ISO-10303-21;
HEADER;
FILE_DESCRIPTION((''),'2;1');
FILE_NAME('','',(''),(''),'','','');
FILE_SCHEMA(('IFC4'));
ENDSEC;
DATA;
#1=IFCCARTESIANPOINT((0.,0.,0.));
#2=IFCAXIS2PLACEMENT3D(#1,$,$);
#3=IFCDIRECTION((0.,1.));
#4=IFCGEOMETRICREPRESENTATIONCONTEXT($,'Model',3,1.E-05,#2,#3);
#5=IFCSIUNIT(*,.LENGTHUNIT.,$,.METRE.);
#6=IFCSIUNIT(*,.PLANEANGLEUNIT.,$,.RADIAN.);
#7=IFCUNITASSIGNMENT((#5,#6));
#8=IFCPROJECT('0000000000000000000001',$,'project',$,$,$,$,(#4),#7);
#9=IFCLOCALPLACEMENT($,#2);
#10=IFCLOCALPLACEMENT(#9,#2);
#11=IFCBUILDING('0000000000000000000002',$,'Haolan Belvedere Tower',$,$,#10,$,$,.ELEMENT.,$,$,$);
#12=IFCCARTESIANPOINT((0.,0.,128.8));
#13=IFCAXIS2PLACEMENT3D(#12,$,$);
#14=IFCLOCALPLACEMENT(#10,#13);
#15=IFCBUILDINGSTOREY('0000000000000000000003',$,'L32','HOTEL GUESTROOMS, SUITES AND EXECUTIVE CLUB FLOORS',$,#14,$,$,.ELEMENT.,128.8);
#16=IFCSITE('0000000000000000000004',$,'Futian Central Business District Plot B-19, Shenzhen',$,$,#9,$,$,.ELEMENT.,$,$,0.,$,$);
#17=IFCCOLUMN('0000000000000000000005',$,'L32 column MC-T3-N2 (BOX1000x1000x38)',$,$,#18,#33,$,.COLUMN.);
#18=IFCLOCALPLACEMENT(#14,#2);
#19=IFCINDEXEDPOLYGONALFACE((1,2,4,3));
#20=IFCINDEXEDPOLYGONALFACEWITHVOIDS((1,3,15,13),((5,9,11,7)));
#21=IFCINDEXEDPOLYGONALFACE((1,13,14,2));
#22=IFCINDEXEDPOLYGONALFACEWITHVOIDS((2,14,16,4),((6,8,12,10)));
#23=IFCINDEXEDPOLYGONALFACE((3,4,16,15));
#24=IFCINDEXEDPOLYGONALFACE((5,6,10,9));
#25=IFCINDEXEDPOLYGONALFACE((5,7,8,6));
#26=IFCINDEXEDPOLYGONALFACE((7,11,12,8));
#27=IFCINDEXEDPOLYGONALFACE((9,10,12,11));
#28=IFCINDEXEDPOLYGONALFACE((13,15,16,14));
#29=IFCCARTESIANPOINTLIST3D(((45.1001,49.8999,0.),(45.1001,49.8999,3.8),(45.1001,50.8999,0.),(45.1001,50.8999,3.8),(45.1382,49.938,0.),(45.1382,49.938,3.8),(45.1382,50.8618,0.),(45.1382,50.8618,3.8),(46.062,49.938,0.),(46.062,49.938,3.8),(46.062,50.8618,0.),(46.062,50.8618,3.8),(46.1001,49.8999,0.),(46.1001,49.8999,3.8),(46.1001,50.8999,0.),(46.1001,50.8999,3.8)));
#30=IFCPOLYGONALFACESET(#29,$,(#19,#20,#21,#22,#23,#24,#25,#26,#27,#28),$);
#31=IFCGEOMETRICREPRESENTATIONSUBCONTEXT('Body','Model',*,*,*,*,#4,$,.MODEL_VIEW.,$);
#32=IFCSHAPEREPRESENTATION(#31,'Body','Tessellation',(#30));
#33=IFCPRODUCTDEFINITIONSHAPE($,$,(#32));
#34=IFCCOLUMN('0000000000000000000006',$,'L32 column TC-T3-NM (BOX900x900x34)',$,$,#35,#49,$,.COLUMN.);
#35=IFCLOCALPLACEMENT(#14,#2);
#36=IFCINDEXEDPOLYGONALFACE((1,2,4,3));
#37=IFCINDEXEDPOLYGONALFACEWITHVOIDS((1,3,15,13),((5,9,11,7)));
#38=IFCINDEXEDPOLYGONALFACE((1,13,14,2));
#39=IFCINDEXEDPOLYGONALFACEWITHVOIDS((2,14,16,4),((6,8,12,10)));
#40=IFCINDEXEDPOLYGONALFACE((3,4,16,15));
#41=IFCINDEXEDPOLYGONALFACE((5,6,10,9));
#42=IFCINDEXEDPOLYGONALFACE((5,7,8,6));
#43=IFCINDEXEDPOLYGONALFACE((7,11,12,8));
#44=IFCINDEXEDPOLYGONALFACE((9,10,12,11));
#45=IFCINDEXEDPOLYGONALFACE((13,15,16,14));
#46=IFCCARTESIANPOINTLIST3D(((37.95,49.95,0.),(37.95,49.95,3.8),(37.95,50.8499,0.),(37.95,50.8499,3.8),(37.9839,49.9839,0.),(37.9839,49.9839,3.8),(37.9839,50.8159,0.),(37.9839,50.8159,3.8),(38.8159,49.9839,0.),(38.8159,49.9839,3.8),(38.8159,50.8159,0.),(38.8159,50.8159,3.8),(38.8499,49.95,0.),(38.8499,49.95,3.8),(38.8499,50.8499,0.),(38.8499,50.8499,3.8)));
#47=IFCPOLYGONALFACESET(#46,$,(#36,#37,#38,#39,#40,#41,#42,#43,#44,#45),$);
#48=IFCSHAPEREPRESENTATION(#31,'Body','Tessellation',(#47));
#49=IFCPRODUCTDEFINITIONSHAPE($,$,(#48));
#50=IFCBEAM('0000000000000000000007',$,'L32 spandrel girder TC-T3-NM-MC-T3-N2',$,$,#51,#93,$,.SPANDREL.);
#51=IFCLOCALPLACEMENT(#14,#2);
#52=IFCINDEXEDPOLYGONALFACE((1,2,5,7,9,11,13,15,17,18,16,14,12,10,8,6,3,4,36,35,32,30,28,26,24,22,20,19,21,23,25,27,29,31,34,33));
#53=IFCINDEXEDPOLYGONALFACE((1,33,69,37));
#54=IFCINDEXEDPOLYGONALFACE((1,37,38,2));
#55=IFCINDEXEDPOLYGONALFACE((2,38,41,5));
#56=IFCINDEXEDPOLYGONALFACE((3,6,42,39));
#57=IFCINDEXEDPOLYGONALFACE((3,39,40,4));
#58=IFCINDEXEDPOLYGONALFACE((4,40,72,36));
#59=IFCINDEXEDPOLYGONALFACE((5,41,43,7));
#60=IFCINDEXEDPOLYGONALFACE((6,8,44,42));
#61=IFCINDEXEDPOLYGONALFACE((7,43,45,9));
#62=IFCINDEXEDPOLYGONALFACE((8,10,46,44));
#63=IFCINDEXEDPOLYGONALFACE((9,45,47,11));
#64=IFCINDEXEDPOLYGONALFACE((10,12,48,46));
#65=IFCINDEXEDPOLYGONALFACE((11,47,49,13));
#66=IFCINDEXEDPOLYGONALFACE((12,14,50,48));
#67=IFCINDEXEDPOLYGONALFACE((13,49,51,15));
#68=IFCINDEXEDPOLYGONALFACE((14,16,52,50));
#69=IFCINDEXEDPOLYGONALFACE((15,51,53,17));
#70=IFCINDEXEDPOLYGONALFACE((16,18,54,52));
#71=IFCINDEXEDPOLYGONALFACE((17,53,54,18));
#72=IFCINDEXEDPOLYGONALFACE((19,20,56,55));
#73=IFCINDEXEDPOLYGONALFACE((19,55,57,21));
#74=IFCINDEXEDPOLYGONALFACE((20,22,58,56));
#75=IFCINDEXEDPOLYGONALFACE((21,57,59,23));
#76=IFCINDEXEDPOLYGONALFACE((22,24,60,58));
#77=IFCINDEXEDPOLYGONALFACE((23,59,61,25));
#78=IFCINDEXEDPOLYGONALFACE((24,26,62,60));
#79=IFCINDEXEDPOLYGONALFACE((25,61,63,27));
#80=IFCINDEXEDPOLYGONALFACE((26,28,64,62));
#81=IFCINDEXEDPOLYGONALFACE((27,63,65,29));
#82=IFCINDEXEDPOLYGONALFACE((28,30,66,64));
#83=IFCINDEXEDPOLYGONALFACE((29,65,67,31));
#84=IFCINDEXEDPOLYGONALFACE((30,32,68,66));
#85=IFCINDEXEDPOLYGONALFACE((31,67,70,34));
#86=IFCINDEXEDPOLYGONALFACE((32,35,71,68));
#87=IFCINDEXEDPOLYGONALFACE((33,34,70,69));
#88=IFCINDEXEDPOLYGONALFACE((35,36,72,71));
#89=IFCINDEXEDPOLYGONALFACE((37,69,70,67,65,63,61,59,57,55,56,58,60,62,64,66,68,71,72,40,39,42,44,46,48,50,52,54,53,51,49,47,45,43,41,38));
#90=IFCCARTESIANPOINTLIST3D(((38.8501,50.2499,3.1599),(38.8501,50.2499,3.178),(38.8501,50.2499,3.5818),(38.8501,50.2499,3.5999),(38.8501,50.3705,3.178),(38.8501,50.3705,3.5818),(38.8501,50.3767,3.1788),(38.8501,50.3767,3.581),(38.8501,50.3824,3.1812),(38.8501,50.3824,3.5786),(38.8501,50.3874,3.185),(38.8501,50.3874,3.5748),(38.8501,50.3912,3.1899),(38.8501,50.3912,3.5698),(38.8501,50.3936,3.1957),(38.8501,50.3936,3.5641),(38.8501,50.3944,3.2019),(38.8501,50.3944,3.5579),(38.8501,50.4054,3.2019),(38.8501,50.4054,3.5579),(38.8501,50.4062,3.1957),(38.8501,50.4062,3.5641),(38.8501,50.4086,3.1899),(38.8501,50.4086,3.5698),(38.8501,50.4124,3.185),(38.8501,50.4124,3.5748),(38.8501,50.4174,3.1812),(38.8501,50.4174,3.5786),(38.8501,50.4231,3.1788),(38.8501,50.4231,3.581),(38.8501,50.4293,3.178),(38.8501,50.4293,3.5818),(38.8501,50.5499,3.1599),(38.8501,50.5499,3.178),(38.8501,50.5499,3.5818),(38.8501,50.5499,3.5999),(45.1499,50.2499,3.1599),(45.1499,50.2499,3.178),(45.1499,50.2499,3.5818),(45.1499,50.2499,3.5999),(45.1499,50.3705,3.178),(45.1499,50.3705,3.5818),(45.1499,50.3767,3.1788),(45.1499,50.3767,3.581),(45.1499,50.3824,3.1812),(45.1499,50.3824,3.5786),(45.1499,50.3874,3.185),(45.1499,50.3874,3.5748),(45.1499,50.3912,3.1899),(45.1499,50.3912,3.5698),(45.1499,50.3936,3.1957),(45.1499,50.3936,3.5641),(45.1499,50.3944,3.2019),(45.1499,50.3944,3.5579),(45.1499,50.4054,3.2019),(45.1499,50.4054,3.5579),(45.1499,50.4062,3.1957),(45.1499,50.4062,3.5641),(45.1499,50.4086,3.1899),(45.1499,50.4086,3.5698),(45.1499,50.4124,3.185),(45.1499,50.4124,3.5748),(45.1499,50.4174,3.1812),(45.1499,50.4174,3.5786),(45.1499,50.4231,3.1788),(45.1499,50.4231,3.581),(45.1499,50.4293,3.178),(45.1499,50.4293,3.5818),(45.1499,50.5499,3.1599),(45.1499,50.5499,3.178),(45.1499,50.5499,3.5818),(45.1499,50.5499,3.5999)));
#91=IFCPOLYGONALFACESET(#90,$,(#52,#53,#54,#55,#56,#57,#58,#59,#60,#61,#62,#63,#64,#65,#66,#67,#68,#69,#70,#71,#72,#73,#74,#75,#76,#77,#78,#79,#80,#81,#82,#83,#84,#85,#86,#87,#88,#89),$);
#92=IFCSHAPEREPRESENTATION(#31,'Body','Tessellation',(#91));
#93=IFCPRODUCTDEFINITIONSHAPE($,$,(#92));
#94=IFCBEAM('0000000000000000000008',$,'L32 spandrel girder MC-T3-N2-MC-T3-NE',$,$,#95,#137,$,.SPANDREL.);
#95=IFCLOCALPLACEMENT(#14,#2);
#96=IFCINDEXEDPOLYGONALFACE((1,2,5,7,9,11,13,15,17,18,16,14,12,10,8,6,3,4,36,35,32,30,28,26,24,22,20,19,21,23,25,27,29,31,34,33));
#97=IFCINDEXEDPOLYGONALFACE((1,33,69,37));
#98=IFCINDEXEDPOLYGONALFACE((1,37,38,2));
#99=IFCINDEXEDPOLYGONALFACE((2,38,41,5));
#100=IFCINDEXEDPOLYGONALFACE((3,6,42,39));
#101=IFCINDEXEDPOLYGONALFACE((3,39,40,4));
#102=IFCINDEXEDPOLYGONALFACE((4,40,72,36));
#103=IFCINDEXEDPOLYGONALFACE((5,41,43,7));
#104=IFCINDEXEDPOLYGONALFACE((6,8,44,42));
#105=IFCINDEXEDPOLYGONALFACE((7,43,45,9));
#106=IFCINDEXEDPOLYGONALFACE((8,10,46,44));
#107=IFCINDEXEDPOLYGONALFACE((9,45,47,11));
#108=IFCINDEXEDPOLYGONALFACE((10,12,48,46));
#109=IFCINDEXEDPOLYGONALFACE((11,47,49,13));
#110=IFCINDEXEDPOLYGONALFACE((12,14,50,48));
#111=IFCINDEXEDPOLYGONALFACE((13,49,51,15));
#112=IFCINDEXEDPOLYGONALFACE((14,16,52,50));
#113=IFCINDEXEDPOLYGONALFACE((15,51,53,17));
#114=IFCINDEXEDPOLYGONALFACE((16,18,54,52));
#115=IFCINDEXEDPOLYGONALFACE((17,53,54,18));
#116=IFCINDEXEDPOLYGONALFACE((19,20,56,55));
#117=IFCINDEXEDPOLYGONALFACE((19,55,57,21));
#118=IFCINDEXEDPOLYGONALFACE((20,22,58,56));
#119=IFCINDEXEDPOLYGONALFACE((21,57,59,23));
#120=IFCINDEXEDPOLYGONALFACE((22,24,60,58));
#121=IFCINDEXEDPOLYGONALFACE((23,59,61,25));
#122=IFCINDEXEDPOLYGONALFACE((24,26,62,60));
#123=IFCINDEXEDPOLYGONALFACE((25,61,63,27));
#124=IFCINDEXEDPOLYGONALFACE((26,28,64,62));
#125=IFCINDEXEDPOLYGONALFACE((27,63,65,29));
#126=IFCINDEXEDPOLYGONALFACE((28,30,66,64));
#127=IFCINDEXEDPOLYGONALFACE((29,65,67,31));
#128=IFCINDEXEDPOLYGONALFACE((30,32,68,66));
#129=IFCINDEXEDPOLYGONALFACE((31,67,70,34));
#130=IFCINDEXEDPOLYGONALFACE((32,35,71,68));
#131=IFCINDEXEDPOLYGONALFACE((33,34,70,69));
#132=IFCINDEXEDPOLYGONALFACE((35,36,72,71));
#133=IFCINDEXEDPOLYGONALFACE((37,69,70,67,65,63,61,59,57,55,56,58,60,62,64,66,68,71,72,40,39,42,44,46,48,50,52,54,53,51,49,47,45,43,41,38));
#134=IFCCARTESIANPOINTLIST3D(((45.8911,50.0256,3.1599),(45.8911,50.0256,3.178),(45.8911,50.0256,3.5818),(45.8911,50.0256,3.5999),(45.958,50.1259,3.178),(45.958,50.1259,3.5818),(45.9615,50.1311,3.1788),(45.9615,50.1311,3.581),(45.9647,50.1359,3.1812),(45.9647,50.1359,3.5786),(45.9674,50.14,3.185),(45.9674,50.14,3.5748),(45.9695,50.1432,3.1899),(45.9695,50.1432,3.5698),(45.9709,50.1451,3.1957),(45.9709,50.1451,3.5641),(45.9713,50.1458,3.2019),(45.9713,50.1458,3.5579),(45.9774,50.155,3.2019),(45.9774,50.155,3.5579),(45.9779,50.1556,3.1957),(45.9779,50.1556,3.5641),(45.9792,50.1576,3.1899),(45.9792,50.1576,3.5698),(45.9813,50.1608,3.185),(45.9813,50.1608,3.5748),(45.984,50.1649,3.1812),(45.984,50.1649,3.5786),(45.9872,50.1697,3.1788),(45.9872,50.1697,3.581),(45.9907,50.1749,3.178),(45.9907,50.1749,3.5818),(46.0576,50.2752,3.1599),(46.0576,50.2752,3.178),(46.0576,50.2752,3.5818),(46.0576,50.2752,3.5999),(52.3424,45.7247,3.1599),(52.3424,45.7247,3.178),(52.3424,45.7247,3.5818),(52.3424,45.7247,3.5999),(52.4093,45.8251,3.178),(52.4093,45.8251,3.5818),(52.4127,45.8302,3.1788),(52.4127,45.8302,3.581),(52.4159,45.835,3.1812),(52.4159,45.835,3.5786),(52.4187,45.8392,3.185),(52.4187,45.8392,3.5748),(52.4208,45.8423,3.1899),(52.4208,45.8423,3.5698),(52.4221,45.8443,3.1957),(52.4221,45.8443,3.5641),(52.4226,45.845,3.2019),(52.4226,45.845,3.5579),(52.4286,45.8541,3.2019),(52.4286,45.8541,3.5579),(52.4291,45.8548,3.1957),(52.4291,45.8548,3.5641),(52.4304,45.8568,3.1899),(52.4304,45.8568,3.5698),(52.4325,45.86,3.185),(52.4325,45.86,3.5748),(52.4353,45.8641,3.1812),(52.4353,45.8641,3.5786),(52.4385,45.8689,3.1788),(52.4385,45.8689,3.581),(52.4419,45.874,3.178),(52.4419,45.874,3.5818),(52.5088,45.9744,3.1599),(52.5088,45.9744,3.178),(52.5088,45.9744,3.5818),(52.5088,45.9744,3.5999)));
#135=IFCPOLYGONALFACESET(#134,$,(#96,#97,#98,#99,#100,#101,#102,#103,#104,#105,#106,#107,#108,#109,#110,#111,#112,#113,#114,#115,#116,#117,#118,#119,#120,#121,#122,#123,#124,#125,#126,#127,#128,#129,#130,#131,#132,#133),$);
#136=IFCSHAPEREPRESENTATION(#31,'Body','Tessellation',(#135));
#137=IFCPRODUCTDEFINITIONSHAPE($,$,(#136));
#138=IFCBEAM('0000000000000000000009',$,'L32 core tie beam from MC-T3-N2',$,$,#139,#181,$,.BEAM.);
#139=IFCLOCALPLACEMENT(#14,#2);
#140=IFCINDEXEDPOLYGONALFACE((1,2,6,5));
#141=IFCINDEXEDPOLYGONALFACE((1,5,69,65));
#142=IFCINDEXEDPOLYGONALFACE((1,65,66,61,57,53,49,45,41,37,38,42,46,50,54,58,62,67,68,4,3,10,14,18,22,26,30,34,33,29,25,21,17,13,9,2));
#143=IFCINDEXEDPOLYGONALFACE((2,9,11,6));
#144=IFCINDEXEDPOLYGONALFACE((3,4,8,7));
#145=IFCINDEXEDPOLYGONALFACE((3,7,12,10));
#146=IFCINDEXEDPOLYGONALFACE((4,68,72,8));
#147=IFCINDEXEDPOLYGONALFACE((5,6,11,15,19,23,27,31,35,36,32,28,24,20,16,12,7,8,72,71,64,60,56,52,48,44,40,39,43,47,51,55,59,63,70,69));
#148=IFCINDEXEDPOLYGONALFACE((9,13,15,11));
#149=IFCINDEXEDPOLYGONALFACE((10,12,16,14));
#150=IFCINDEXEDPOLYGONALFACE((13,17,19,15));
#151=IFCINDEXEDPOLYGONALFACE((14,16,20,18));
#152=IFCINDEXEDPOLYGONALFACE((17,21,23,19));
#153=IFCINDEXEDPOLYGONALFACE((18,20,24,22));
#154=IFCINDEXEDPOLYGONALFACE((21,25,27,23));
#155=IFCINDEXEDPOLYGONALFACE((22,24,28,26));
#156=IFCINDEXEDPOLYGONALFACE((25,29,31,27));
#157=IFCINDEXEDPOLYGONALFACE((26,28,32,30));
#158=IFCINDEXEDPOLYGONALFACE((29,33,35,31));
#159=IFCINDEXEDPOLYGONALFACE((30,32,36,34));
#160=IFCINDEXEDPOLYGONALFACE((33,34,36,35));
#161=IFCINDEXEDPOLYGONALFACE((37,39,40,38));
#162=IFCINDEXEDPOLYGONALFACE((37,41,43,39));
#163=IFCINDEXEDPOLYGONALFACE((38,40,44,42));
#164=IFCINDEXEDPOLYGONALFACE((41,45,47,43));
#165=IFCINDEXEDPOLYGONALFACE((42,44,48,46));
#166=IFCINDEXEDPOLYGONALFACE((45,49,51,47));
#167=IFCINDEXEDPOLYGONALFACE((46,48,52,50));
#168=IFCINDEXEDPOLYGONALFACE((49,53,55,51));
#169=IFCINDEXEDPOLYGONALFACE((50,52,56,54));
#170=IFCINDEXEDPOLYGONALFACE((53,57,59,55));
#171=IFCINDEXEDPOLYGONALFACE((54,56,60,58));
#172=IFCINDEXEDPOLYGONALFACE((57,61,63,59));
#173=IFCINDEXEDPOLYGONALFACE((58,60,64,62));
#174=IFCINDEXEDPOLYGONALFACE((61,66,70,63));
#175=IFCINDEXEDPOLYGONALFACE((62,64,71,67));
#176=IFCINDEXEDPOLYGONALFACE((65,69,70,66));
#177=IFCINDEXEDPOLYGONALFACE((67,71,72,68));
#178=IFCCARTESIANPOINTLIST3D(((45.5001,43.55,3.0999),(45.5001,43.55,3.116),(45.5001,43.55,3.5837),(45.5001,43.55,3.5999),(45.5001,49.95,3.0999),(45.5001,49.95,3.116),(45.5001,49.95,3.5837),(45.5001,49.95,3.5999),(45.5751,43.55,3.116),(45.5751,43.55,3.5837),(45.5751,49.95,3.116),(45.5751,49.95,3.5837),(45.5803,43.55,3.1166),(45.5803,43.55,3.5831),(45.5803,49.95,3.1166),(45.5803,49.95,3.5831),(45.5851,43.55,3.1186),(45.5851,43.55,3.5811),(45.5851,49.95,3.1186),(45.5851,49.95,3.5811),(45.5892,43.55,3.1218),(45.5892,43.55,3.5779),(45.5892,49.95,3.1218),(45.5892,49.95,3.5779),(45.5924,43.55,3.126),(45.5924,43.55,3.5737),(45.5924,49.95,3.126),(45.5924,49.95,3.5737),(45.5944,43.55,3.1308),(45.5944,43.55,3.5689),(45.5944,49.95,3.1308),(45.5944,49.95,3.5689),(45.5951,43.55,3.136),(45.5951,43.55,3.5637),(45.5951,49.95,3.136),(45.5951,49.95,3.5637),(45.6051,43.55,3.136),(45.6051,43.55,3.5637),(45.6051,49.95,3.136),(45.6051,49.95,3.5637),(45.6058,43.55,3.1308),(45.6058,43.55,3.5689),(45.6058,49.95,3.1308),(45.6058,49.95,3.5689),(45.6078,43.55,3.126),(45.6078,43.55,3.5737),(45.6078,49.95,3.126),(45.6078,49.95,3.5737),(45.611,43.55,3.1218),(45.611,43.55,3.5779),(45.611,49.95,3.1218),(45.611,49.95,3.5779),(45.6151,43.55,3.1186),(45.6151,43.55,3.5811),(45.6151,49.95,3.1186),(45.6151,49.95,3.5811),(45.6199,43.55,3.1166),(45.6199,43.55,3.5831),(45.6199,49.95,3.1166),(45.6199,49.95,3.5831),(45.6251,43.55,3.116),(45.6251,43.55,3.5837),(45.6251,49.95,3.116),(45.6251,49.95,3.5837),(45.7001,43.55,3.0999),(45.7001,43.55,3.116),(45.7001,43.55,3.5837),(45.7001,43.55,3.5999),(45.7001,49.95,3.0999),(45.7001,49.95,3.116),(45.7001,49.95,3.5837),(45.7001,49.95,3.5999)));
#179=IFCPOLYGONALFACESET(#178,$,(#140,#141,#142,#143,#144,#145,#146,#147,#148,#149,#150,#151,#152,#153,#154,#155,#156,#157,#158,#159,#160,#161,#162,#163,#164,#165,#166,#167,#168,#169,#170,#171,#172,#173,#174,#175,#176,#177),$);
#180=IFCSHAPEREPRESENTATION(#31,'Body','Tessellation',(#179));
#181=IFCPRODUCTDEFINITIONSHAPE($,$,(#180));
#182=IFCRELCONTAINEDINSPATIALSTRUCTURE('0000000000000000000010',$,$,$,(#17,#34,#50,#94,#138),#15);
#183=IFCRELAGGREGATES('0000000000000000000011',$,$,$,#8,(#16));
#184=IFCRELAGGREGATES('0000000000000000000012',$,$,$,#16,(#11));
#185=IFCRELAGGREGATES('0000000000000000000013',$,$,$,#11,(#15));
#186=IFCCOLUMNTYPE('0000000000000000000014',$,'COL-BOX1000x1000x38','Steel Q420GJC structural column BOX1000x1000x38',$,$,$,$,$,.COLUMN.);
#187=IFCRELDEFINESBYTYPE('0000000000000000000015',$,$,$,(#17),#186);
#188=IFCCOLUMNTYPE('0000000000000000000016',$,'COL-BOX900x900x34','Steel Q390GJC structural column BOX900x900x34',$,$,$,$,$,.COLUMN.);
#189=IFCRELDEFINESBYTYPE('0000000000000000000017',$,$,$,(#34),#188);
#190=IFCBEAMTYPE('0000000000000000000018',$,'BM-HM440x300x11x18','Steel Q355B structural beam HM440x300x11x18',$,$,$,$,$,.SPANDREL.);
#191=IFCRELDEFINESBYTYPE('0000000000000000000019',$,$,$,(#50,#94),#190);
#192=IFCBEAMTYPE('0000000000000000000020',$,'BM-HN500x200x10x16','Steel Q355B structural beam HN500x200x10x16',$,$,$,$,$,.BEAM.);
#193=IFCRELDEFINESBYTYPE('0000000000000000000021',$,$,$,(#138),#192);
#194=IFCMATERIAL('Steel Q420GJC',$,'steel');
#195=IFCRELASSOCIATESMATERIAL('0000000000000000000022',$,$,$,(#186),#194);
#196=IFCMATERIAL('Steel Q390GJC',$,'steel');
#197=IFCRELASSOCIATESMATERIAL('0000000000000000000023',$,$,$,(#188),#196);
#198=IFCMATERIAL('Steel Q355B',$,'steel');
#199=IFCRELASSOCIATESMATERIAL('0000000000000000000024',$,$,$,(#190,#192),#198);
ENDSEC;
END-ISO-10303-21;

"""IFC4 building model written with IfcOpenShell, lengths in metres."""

from ifc_helpers import new_model, si_unit, direction, frame, origin, origin_2d, place, context, subcontext, project, spatial, hollow_rectangle, i_section, extrude, material, material_profile, profile_set, type_object, element, save


model = new_model("IFC4")

# Units and contexts
model_context = context("Model", 3, precision=1e-05, world=origin(), true_north=direction((0.0, 1.0)))
body_context = subcontext(model_context, "Body", "Model", "MODEL_VIEW")
ifc_project = project(units=[si_unit("LENGTHUNIT", "METRE"), si_unit("PLANEANGLEUNIT", "RADIAN")], contexts=[model_context])

# Site, building, storey
site_placement = place(None, origin())
site = spatial("IfcSite", under=ifc_project, at=site_placement, Name="Futian Central Business District Plot B-19, Shenzhen", CompositionType="ELEMENT", RefElevation=0.0)
building_placement = place(site_placement, origin())
building = spatial("IfcBuilding", under=site, at=building_placement, Name="Haolan Belvedere Tower", CompositionType="ELEMENT")
storey_placement = place(building_placement, frame((0.0, 0.0, 128.8)))
storey = spatial("IfcBuildingStorey", under=building, at=storey_placement, Name="L32", Description="HOTEL GUESTROOMS, SUITES AND EXECUTIVE CLUB FLOORS", CompositionType="ELEMENT", Elevation=128.8)

# Columns
ifc_material_1 = material(Name="Steel Q420GJC", Category="steel")
ifc_material_profile_1 = material_profile(ifc_material_1, hollow_rectangle(XDim=1.0, YDim=1.0, WallThickness=0.0381, at=origin_2d()), Name="Steel Q420GJC")
ifc_profile_set_1 = profile_set([ifc_material_profile_1], Name="Steel Q420GJC")
column_type_1 = type_object("IfcColumnType", Name="COL-BOX1000x1000x38", Description="Steel Q420GJC structural column BOX1000x1000x38", PredefinedType="COLUMN", material=ifc_profile_set_1)
column_1_placement = place(storey_placement, frame((45.6001, 50.3999, 0.0), z_axis=(0.0, 0.0, 1.0), x_axis=(1.0, 0.0, 0.0)))
element("IfcColumn", 1, at=column_1_placement, inside=storey, type_object=column_type_1, Name="L32 column MC-T3-N2 (BOX1000x1000x38)", PredefinedType="COLUMN", context=body_context, shape_type="SweptSolid", body=[
    extrude(hollow_rectangle(XDim=1.0, YDim=1.0, WallThickness=0.0381, at=origin_2d()), origin(), (0.0, 0.0, 1.0), 3.8),
])
ifc_material_2 = material(Name="Steel Q390GJC", Category="steel")
ifc_material_profile_2 = material_profile(ifc_material_2, hollow_rectangle(XDim=0.8999, YDim=0.8999, WallThickness=0.0339, at=origin_2d()), Name="Steel Q390GJC")
ifc_profile_set_2 = profile_set([ifc_material_profile_2], Name="Steel Q390GJC")
column_type_2 = type_object("IfcColumnType", Name="COL-BOX900x900x34", Description="Steel Q390GJC structural column BOX900x900x34", PredefinedType="COLUMN", material=ifc_profile_set_2)
column_2_placement = place(storey_placement, frame((38.3999, 50.3999, 0.0), z_axis=(0.0, 0.0, 1.0), x_axis=(1.0, 0.0, 0.0)))
element("IfcColumn", 2, at=column_2_placement, inside=storey, type_object=column_type_2, Name="L32 column TC-T3-NM (BOX900x900x34)", PredefinedType="COLUMN", context=body_context, shape_type="SweptSolid", body=[
    extrude(hollow_rectangle(XDim=0.8999, YDim=0.8999, WallThickness=0.0339, at=origin_2d()), origin(), (0.0, 0.0, 1.0), 3.8),
])

# Beams
ifc_material_3 = material(Name="Steel Q355B", Category="steel")
ifc_material_profile_3 = material_profile(ifc_material_3, i_section(OverallWidth=0.3, OverallDepth=0.4399, WebThickness=0.011, FlangeThickness=0.0181, FilletRadius=0.0239, at=origin_2d()), Name="Steel Q355B")
ifc_profile_set_3 = profile_set([ifc_material_profile_3], Name="Steel Q355B")
beam_type_1 = type_object("IfcBeamType", Name="BM-HM440x300x11x18", Description="Steel Q355B structural beam HM440x300x11x18", PredefinedType="SPANDREL", material=ifc_profile_set_3)
beam_1_placement = place(storey_placement, frame((38.8501, 50.3999, 3.3799), z_axis=(1.0, 0.0, 0.0), x_axis=(0.0, 1.0, 0.0)))
element("IfcBeam", 3, at=beam_1_placement, inside=storey, type_object=beam_type_1, Name="L32 spandrel girder TC-T3-NM-MC-T3-N2", PredefinedType="SPANDREL", context=body_context, shape_type="SweptSolid", body=[
    extrude(i_section(OverallWidth=0.3, OverallDepth=0.4399, WebThickness=0.011, FlangeThickness=0.0181, FilletRadius=0.0239, at=origin_2d()), origin(), (0.0, 0.0, 1.0), 6.2998),
])
beam_2_placement = place(storey_placement, frame((45.9744, 50.1504, 3.3799), z_axis=(0.83205, -0.5547, 0.0), x_axis=(0.5547, 0.83205, 0.0)))
element("IfcBeam", 4, at=beam_2_placement, inside=storey, type_object=beam_type_1, Name="L32 spandrel girder MC-T3-N2-MC-T3-NE", PredefinedType="SPANDREL", context=body_context, shape_type="SweptSolid", body=[
    extrude(i_section(OverallWidth=0.3, OverallDepth=0.4399, WebThickness=0.011, FlangeThickness=0.0181, FilletRadius=0.0239, at=origin_2d()), origin(), (0.0, 0.0, 1.0), 7.7534),
])
ifc_material_profile_4 = material_profile(ifc_material_3, i_section(OverallWidth=0.2, OverallDepth=0.5, WebThickness=0.01, FlangeThickness=0.0161, FilletRadius=0.02, at=origin_2d()), Name="Steel Q355B")
ifc_profile_set_4 = profile_set([ifc_material_profile_4], Name="Steel Q355B")
beam_type_2 = type_object("IfcBeamType", Name="BM-HN500x200x10x16", Description="Steel Q355B structural beam HN500x200x10x16", PredefinedType="BEAM", material=ifc_profile_set_4)
beam_3_placement = place(storey_placement, frame((45.6001, 49.95, 3.3499), z_axis=(0.0, -1.0, 0.0), x_axis=(1.0, 0.0, 0.0)))
element("IfcBeam", 5, at=beam_3_placement, inside=storey, type_object=beam_type_2, Name="L32 core tie beam from MC-T3-N2", PredefinedType="BEAM", context=body_context, shape_type="SweptSolid", body=[
    extrude(i_section(OverallWidth=0.2, OverallDepth=0.5, WebThickness=0.01, FlangeThickness=0.0161, FilletRadius=0.02, at=origin_2d()), origin(), (0.0, 0.0, 1.0), 6.3999),
])

save(model, "model.ifc")
